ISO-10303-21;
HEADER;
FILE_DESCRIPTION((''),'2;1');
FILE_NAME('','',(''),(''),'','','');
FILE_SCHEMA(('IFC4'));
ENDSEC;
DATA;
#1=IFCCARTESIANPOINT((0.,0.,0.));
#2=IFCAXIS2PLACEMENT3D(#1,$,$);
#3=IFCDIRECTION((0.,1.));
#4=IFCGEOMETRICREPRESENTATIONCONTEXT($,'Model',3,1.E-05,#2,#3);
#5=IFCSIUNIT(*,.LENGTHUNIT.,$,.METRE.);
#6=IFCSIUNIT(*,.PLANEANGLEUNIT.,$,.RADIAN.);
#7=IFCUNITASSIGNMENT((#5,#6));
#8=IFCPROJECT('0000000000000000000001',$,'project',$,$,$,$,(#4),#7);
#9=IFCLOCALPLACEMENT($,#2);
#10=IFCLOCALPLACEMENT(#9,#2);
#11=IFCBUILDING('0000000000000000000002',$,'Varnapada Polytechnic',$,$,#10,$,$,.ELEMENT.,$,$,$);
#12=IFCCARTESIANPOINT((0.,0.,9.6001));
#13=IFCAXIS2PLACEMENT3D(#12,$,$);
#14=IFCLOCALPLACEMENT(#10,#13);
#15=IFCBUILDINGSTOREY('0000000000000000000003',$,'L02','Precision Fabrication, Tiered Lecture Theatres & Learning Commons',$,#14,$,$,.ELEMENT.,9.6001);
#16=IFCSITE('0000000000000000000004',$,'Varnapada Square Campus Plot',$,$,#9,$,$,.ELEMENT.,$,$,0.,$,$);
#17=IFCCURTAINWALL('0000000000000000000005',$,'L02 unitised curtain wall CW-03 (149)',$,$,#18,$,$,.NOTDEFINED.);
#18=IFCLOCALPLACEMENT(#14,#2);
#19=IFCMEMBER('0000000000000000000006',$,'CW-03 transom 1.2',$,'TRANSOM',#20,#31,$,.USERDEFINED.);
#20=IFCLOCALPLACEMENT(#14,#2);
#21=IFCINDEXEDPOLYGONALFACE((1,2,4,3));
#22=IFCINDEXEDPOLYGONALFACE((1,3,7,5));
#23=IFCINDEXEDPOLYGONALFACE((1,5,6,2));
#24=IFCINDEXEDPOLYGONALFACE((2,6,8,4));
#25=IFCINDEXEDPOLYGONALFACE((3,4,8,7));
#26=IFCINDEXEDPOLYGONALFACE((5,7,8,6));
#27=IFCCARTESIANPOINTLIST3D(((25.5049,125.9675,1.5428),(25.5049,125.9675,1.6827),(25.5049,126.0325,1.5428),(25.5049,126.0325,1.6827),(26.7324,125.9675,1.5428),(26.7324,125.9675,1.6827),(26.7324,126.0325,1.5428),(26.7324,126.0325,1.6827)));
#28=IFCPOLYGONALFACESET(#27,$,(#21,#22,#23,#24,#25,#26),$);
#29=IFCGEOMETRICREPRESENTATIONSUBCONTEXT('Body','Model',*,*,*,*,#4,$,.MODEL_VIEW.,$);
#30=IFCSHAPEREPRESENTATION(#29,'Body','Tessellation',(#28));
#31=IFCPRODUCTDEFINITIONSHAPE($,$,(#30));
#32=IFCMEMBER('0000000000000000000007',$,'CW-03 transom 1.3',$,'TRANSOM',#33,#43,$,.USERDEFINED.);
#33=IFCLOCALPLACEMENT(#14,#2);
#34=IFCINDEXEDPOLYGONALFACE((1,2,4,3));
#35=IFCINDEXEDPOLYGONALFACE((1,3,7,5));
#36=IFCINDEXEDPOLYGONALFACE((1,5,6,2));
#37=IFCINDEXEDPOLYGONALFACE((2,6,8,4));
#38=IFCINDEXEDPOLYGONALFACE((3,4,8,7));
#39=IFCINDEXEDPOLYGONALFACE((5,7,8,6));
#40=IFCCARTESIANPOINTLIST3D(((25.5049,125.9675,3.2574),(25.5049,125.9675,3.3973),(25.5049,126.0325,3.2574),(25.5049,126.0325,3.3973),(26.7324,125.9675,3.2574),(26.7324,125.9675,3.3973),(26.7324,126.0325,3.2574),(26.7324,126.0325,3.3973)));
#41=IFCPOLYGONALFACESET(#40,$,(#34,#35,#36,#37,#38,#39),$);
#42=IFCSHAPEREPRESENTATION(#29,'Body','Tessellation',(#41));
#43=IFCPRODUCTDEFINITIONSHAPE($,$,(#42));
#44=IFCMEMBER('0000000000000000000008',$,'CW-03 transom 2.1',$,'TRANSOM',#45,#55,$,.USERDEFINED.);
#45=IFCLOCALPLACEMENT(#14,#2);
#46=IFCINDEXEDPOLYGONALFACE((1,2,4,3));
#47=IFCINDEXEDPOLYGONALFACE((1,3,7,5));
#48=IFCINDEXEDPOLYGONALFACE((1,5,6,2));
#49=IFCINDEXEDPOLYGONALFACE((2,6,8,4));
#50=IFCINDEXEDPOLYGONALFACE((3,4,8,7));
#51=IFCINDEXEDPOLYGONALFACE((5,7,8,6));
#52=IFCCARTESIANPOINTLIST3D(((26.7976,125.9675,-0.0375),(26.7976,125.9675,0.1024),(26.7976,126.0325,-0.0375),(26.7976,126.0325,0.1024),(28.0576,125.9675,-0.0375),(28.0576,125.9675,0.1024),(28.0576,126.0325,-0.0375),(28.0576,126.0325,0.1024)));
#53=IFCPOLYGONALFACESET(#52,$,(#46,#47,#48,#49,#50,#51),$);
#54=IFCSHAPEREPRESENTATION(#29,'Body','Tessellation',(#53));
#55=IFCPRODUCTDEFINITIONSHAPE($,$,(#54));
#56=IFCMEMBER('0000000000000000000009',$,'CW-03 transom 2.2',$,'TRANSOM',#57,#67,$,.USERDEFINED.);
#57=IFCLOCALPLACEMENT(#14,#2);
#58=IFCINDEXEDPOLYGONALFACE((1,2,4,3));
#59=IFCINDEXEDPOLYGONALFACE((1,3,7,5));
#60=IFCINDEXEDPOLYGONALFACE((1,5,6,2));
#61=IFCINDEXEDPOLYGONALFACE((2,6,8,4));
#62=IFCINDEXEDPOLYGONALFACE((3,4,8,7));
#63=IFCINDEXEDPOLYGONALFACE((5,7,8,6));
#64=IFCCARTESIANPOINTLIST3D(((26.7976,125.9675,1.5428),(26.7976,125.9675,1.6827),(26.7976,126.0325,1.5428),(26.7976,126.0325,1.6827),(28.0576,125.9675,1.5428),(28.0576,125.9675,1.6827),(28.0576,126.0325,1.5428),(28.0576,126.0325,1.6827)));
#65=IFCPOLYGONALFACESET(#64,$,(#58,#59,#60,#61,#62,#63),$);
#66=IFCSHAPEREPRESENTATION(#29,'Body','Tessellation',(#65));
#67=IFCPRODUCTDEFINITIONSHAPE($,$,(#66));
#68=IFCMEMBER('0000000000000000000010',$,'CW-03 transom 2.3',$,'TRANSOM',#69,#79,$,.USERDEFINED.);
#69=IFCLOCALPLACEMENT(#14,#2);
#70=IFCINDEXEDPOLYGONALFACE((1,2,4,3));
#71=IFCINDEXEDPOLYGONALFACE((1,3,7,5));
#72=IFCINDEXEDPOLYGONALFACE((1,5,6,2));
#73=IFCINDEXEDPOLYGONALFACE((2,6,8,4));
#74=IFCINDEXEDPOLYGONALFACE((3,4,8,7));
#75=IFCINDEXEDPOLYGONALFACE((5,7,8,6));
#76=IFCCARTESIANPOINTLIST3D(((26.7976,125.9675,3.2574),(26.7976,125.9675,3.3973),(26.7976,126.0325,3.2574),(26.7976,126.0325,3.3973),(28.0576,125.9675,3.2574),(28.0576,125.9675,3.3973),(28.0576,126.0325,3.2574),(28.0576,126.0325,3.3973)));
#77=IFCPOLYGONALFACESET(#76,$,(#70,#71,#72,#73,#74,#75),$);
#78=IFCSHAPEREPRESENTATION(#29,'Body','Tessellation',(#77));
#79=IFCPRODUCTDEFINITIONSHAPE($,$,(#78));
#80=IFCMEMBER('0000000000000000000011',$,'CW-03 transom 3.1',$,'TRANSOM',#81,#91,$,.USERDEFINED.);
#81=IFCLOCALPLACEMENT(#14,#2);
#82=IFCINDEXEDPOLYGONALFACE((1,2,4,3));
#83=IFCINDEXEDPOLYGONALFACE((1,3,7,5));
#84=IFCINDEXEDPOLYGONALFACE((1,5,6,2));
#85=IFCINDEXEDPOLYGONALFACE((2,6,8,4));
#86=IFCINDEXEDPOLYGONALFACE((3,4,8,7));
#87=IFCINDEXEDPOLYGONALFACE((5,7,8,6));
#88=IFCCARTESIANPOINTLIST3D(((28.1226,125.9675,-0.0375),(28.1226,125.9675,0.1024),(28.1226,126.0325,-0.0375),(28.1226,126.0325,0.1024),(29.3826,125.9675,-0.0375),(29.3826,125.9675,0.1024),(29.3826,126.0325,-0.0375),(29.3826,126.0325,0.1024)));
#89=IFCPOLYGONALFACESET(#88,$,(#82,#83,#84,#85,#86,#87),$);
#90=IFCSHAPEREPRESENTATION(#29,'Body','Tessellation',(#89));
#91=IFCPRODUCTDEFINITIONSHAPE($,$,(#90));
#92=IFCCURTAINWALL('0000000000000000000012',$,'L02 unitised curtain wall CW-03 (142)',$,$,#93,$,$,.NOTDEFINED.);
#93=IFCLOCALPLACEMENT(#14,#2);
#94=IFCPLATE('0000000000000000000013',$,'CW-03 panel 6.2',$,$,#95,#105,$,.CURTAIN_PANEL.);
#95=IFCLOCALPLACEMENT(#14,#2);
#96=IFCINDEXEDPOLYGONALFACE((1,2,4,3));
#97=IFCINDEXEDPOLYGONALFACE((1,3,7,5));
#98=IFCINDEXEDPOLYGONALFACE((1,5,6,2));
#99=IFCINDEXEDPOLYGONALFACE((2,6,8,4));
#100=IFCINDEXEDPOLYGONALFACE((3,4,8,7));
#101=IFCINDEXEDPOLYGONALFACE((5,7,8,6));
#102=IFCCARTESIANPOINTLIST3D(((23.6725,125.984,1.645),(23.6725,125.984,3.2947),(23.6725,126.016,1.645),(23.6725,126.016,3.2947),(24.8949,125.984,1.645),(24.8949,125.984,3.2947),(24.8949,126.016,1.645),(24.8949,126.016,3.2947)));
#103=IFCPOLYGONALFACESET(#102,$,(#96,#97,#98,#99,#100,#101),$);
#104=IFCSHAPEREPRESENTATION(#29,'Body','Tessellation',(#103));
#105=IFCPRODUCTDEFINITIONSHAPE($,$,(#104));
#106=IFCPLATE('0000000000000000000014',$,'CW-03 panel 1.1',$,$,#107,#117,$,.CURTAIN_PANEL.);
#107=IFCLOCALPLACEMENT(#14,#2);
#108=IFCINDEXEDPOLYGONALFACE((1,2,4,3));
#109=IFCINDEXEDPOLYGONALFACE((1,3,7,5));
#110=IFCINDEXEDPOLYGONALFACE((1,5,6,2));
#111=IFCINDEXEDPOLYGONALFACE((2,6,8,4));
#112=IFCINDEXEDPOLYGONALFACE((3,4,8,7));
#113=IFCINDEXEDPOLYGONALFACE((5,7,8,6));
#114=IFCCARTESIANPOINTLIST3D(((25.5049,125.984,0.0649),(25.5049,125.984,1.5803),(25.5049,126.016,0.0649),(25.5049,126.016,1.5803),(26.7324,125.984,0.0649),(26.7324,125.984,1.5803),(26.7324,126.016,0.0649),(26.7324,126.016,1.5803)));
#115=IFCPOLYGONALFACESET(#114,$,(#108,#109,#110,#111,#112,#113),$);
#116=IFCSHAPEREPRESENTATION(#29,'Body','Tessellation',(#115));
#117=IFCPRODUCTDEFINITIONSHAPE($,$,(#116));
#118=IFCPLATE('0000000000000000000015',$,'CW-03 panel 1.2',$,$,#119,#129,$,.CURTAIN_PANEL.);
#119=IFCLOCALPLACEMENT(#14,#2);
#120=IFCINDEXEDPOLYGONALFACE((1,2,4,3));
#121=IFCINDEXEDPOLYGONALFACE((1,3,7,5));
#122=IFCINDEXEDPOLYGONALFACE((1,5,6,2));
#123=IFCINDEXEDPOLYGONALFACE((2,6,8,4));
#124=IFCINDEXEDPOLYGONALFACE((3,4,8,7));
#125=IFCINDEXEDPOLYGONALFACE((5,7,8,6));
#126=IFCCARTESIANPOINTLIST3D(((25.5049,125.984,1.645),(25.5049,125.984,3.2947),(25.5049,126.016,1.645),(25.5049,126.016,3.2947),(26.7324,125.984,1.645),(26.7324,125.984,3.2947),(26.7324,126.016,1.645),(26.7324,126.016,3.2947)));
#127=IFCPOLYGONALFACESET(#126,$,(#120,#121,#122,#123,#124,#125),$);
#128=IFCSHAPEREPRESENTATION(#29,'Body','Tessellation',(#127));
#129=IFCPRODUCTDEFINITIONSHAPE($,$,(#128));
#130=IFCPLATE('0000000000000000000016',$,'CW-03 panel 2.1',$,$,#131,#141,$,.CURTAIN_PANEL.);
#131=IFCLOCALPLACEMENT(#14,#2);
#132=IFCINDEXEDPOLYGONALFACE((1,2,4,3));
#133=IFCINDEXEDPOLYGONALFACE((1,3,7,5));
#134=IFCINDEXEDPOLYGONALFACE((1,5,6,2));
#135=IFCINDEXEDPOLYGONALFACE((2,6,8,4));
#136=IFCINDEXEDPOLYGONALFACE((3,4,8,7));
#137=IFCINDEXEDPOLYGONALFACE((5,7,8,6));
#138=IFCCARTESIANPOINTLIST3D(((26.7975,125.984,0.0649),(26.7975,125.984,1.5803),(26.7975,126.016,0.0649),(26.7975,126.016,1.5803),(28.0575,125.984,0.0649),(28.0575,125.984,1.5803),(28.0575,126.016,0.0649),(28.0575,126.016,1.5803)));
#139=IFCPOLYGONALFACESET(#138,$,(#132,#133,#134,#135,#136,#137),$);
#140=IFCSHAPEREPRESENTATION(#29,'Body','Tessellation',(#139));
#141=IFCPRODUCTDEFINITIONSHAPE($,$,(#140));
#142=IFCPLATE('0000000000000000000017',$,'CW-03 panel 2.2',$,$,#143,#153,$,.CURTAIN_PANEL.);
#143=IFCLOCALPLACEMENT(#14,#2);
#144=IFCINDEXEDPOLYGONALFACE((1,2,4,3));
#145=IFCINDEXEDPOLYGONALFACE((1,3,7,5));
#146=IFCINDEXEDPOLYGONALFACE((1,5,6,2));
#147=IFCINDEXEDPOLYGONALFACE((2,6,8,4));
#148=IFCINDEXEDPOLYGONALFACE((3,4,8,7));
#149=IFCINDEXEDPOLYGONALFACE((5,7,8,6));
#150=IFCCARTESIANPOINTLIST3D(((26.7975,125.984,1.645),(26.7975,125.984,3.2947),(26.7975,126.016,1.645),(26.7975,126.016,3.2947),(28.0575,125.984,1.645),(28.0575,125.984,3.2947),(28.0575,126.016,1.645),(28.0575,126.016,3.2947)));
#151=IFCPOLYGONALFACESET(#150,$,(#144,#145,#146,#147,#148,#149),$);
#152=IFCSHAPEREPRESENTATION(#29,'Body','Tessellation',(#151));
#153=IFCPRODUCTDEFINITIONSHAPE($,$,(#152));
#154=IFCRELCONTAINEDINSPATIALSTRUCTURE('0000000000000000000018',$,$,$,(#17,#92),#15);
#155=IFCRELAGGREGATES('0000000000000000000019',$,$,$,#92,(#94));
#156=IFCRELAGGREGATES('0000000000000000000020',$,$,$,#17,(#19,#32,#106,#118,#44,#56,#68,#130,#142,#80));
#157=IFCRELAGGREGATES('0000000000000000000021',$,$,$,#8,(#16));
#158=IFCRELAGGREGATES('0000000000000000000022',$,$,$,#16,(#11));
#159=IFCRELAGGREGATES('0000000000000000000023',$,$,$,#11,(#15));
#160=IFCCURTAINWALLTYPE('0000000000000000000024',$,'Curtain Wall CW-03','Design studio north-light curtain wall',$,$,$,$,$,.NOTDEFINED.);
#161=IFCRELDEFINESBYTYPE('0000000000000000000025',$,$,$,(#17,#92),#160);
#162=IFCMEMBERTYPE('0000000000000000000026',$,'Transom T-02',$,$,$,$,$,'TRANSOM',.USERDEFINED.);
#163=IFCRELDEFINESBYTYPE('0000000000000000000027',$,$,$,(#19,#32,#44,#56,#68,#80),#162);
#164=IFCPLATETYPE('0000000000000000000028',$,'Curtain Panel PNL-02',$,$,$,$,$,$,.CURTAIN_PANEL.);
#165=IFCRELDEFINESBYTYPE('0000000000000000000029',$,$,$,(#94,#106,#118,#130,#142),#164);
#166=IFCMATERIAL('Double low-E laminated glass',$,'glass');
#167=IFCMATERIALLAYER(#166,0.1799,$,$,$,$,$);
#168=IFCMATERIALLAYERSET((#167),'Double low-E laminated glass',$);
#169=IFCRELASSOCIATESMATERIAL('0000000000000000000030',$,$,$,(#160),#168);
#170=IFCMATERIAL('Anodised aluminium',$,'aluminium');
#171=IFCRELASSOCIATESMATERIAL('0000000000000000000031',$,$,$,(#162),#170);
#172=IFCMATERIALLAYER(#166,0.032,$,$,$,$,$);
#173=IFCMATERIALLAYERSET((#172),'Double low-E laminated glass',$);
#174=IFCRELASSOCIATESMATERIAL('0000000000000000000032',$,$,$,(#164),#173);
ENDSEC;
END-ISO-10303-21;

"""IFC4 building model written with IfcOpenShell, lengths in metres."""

from ifc_helpers import new_model, si_unit, direction, frame, origin, origin_2d, place, context, subcontext, project, spatial, rectangle, extrude, material, layer, layer_set, material_profile, profile_set, type_object, element, aggregate, save


model = new_model("IFC4")

# Units and contexts
model_context = context("Model", 3, precision=1e-05, world=origin(), true_north=direction((0.0, 1.0)))
body_context = subcontext(model_context, "Body", "Model", "MODEL_VIEW")
ifc_project = project(units=[si_unit("LENGTHUNIT", "METRE"), si_unit("PLANEANGLEUNIT", "RADIAN")], contexts=[model_context])

# Site, building, storey
site_placement = place(None, origin())
site = spatial("IfcSite", under=ifc_project, at=site_placement, Name="Varnapada Square Campus Plot", CompositionType="ELEMENT", RefElevation=0.0)
building_placement = place(site_placement, origin())
building = spatial("IfcBuilding", under=site, at=building_placement, Name="Varnapada Polytechnic", CompositionType="ELEMENT")
storey_placement = place(building_placement, frame((0.0, 0.0, 9.6001)))
storey = spatial("IfcBuildingStorey", under=building, at=storey_placement, Name="L02", Description="Precision Fabrication, Tiered Lecture Theatres & Learning Commons", CompositionType="ELEMENT", Elevation=9.6001)

# Curtain wall, members
ifc_material_1 = material(Name="Double low-E laminated glass", Category="glass")
ifc_layer_1 = layer(ifc_material_1, 0.1799)
ifc_layer_set_1 = layer_set([ifc_layer_1], Name="Double low-E laminated glass")
curtain_wall_type = type_object("IfcCurtainWallType", Name="Curtain Wall CW-03", Description="Design studio north-light curtain wall", PredefinedType="NOTDEFINED", material=ifc_layer_set_1)
curtain_wall_1_placement = place(storey_placement, origin())
curtain_wall_1 = element("IfcCurtainWall", 1, at=curtain_wall_1_placement, inside=storey, type_object=curtain_wall_type, Name="L02 unitised curtain wall CW-03 (149)", PredefinedType="NOTDEFINED")
ifc_material_2 = material(Name="Anodised aluminium", Category="aluminium")
ifc_material_profile = material_profile(ifc_material_2, rectangle(XDim=0.0649, YDim=0.1399, at=origin_2d()), Name="ALU T65x140")
ifc_profile_set = profile_set([ifc_material_profile], Name="Anodised aluminium")
member_type = type_object("IfcMemberType", Name="Transom T-02", ElementType="TRANSOM", PredefinedType="USERDEFINED", material=ifc_profile_set)
member_1_placement = place(storey_placement, frame((25.5049, 126.0, 1.6128), z_axis=(1.0, 0.0, 0.0), x_axis=(0.0, 1.0, 0.0)))
member_1 = element("IfcMember", 2, at=member_1_placement, type_object=member_type, Name="CW-03 transom 1.2", ObjectType="TRANSOM", PredefinedType="USERDEFINED", context=body_context, shape_type="SweptSolid", body=[
    extrude(rectangle(XDim=0.0649, YDim=0.1399, at=origin_2d()), origin(), (0.0, 0.0, 1.0), 1.2275),
])
member_2_placement = place(storey_placement, frame((25.5049, 126.0, 3.3274), z_axis=(1.0, 0.0, 0.0), x_axis=(0.0, 1.0, 0.0)))
member_2 = element("IfcMember", 3, at=member_2_placement, type_object=member_type, Name="CW-03 transom 1.3", ObjectType="TRANSOM", PredefinedType="USERDEFINED", context=body_context, shape_type="SweptSolid", body=[
    extrude(rectangle(XDim=0.0649, YDim=0.1399, at=origin_2d()), origin(), (0.0, 0.0, 1.0), 1.2275),
])
member_3_placement = place(storey_placement, frame((26.7976, 126.0, 0.0325), z_axis=(1.0, 0.0, 0.0), x_axis=(0.0, 1.0, 0.0)))
member_3 = element("IfcMember", 4, at=member_3_placement, type_object=member_type, Name="CW-03 transom 2.1", ObjectType="TRANSOM", PredefinedType="USERDEFINED", context=body_context, shape_type="SweptSolid", body=[
    extrude(rectangle(XDim=0.0649, YDim=0.1399, at=origin_2d()), origin(), (0.0, 0.0, 1.0), 1.26),
])
member_4_placement = place(storey_placement, frame((26.7976, 126.0, 1.6128), z_axis=(1.0, 0.0, 0.0), x_axis=(0.0, 1.0, 0.0)))
member_4 = element("IfcMember", 5, at=member_4_placement, type_object=member_type, Name="CW-03 transom 2.2", ObjectType="TRANSOM", PredefinedType="USERDEFINED", context=body_context, shape_type="SweptSolid", body=[
    extrude(rectangle(XDim=0.0649, YDim=0.1399, at=origin_2d()), origin(), (0.0, 0.0, 1.0), 1.26),
])
member_5_placement = place(storey_placement, frame((26.7976, 126.0, 3.3274), z_axis=(1.0, 0.0, 0.0), x_axis=(0.0, 1.0, 0.0)))
member_5 = element("IfcMember", 6, at=member_5_placement, type_object=member_type, Name="CW-03 transom 2.3", ObjectType="TRANSOM", PredefinedType="USERDEFINED", context=body_context, shape_type="SweptSolid", body=[
    extrude(rectangle(XDim=0.0649, YDim=0.1399, at=origin_2d()), origin(), (0.0, 0.0, 1.0), 1.26),
])
member_6_placement = place(storey_placement, frame((28.1226, 126.0, 0.0325), z_axis=(1.0, 0.0, 0.0), x_axis=(0.0, 1.0, 0.0)))
member_6 = element("IfcMember", 7, at=member_6_placement, type_object=member_type, Name="CW-03 transom 3.1", ObjectType="TRANSOM", PredefinedType="USERDEFINED", context=body_context, shape_type="SweptSolid", body=[
    extrude(rectangle(XDim=0.0649, YDim=0.1399, at=origin_2d()), origin(), (0.0, 0.0, 1.0), 1.26),
])

# Curtain wall, plate
curtain_wall_2_placement = place(storey_placement, origin())
curtain_wall_2 = element("IfcCurtainWall", 8, at=curtain_wall_2_placement, inside=storey, type_object=curtain_wall_type, Name="L02 unitised curtain wall CW-03 (142)", PredefinedType="NOTDEFINED")
ifc_layer_2 = layer(ifc_material_1, 0.032)
ifc_layer_set_2 = layer_set([ifc_layer_2], Name="Double low-E laminated glass")
plate_type = type_object("IfcPlateType", Name="Curtain Panel PNL-02", PredefinedType="CURTAIN_PANEL", material=ifc_layer_set_2)
plate_1_placement = place(storey_placement, frame((24.2837, 126.0, 1.645), z_axis=(0.0, 0.0, 1.0), x_axis=(1.0, 0.0, 0.0)))
plate_1 = element("IfcPlate", 9, at=plate_1_placement, type_object=plate_type, Name="CW-03 panel 6.2", PredefinedType="CURTAIN_PANEL", context=body_context, shape_type="SweptSolid", body=[
    extrude(rectangle(XDim=1.2224, YDim=0.032, at=origin_2d()), origin(), (0.0, 0.0, 1.0), 1.6497),
])
aggregate(curtain_wall_2, [plate_1])

# Plates
plate_2_placement = place(storey_placement, frame((26.1187, 126.0, 0.0649), z_axis=(0.0, 0.0, 1.0), x_axis=(1.0, 0.0, 0.0)))
plate_2 = element("IfcPlate", 10, at=plate_2_placement, type_object=plate_type, Name="CW-03 panel 1.1", PredefinedType="CURTAIN_PANEL", context=body_context, shape_type="SweptSolid", body=[
    extrude(rectangle(XDim=1.2275, YDim=0.032, at=origin_2d()), origin(), (0.0, 0.0, 1.0), 1.5154),
])
plate_3_placement = place(storey_placement, frame((26.1187, 126.0, 1.645), z_axis=(0.0, 0.0, 1.0), x_axis=(1.0, 0.0, 0.0)))
plate_3 = element("IfcPlate", 11, at=plate_3_placement, type_object=plate_type, Name="CW-03 panel 1.2", PredefinedType="CURTAIN_PANEL", context=body_context, shape_type="SweptSolid", body=[
    extrude(rectangle(XDim=1.2275, YDim=0.032, at=origin_2d()), origin(), (0.0, 0.0, 1.0), 1.6497),
])
plate_4_placement = place(storey_placement, frame((27.4275, 126.0, 0.0649), z_axis=(0.0, 0.0, 1.0), x_axis=(1.0, 0.0, 0.0)))
plate_4 = element("IfcPlate", 12, at=plate_4_placement, type_object=plate_type, Name="CW-03 panel 2.1", PredefinedType="CURTAIN_PANEL", context=body_context, shape_type="SweptSolid", body=[
    extrude(rectangle(XDim=1.26, YDim=0.032, at=origin_2d()), origin(), (0.0, 0.0, 1.0), 1.5154),
])
plate_5_placement = place(storey_placement, frame((27.4275, 126.0, 1.645), z_axis=(0.0, 0.0, 1.0), x_axis=(1.0, 0.0, 0.0)))
plate_5 = element("IfcPlate", 13, at=plate_5_placement, type_object=plate_type, Name="CW-03 panel 2.2", PredefinedType="CURTAIN_PANEL", context=body_context, shape_type="SweptSolid", body=[
    extrude(rectangle(XDim=1.26, YDim=0.032, at=origin_2d()), origin(), (0.0, 0.0, 1.0), 1.6497),
])
aggregate(curtain_wall_1, [member_1, member_2, plate_2, plate_3, member_3, member_4, member_5, plate_4, plate_5, member_6])

save(model, "model.ifc")
